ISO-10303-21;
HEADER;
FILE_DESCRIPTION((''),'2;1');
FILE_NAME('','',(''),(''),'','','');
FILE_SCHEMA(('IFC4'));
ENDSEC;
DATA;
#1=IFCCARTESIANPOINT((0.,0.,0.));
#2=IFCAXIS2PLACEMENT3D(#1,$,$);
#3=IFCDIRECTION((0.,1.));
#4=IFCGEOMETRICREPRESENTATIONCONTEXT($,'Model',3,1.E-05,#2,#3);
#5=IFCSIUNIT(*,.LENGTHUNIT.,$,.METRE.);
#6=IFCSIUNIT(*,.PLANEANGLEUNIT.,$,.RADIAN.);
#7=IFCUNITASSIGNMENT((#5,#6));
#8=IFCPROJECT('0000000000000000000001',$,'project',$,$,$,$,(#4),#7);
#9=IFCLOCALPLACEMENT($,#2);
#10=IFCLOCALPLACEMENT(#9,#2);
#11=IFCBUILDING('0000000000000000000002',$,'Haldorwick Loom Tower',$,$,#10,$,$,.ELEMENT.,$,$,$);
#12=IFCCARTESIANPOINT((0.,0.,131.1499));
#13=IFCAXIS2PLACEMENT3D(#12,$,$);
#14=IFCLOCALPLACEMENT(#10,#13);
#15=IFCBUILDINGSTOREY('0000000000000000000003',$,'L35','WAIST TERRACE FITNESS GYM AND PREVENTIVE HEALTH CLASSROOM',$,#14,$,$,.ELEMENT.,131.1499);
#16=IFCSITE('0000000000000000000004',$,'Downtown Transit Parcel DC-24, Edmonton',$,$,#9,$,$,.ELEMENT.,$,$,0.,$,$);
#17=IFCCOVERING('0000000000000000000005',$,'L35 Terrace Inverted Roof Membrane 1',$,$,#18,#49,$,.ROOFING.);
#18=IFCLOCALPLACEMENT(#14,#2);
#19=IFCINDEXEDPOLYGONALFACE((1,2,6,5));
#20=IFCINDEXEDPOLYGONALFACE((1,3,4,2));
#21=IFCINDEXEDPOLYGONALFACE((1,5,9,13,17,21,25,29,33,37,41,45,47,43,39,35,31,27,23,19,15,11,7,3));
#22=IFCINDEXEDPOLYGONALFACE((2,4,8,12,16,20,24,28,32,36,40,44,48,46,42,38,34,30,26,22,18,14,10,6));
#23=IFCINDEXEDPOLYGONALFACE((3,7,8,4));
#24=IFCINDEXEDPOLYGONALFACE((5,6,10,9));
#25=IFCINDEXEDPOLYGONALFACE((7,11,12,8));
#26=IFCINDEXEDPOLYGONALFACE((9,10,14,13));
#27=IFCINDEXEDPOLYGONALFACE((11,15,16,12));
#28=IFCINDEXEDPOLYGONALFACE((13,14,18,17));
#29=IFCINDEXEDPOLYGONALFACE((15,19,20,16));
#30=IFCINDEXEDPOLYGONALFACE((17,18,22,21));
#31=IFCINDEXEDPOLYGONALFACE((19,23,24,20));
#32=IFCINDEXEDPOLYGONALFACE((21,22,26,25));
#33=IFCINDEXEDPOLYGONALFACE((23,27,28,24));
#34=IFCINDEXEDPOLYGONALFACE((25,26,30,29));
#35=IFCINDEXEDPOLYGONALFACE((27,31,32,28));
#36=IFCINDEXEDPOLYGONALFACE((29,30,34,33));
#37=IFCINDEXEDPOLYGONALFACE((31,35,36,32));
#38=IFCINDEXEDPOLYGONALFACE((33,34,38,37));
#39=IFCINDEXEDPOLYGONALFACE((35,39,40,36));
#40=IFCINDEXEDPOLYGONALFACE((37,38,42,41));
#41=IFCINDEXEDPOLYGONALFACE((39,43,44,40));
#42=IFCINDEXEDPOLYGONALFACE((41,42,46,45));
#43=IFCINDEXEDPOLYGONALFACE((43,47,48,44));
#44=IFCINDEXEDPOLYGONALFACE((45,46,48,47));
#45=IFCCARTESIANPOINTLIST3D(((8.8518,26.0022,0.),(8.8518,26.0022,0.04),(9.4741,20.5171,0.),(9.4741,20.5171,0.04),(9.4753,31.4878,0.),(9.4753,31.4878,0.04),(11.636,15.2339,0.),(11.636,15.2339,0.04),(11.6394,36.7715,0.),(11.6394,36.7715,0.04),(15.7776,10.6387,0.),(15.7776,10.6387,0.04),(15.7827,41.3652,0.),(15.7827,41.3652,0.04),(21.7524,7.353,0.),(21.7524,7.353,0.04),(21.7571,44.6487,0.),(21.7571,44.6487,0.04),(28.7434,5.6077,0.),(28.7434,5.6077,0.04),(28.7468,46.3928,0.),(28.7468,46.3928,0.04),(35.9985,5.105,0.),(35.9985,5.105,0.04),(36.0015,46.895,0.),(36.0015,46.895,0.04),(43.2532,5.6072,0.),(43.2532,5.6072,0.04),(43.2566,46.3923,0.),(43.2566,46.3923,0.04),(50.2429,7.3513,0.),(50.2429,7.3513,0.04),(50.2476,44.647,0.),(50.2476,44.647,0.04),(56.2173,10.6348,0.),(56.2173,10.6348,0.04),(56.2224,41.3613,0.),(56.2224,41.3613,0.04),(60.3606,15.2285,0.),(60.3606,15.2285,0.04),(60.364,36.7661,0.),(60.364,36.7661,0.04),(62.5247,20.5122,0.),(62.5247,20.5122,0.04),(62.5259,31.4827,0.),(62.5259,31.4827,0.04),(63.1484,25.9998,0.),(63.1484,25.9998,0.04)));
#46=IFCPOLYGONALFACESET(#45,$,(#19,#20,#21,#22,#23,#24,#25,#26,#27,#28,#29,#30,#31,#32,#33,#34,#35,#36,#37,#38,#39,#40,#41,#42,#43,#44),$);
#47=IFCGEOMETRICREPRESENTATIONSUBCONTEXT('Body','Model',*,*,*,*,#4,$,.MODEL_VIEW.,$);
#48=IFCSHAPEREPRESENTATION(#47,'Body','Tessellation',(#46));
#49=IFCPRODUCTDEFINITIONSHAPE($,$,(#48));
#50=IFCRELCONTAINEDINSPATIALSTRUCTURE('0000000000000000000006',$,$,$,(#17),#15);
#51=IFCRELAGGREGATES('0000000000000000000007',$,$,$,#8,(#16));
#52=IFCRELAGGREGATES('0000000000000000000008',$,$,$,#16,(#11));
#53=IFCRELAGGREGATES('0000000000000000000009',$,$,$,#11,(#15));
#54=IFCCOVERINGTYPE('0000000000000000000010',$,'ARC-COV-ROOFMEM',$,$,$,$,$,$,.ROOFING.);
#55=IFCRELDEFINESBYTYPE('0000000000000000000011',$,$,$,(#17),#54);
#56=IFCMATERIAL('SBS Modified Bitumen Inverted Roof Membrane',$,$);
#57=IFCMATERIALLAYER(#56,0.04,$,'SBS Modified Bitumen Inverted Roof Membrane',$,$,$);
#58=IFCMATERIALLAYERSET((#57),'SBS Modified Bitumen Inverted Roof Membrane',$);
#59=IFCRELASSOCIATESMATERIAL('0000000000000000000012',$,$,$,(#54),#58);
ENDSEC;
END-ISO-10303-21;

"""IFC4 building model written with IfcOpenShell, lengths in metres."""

from ifc_helpers import new_model, si_unit, direction, frame, origin, place, context, subcontext, project, spatial, polyline, outline, extrude, material, layer, layer_set, type_object, element, save


model = new_model("IFC4")

# Units and contexts
model_context = context("Model", 3, precision=1e-05, world=origin(), true_north=direction((0.0, 1.0)))
body_context = subcontext(model_context, "Body", "Model", "MODEL_VIEW")
ifc_project = project(units=[si_unit("LENGTHUNIT", "METRE"), si_unit("PLANEANGLEUNIT", "RADIAN")], contexts=[model_context])

# Site, building, storey
site_placement = place(None, origin())
site = spatial("IfcSite", under=ifc_project, at=site_placement, Name="Downtown Transit Parcel DC-24, Edmonton", CompositionType="ELEMENT", RefElevation=0.0)
building_placement = place(site_placement, origin())
building = spatial("IfcBuilding", under=site, at=building_placement, Name="Haldorwick Loom Tower", CompositionType="ELEMENT")
storey_placement = place(building_placement, frame((0.0, 0.0, 131.1499)))
storey = spatial("IfcBuildingStorey", under=building, at=storey_placement, Name="L35", Description="WAIST TERRACE FITNESS GYM AND PREVENTIVE HEALTH CLASSROOM", CompositionType="ELEMENT", Elevation=131.1499)

# Covering
ifc_material_1 = material(Name="SBS Modified Bitumen Inverted Roof Membrane")
ifc_layer_1 = layer(ifc_material_1, 0.04, Name="SBS Modified Bitumen Inverted Roof Membrane")
ifc_layer_set_1 = layer_set([ifc_layer_1], Name="SBS Modified Bitumen Inverted Roof Membrane")
covering_type_1 = type_object("IfcCoveringType", Name="ARC-COV-ROOFMEM", PredefinedType="ROOFING", material=ifc_layer_set_1)
covering_1_placement = place(storey_placement, origin())
element("IfcCovering", 1, at=covering_1_placement, inside=storey, type_object=covering_type_1, Name="L35 Terrace Inverted Roof Membrane 1", PredefinedType="ROOFING", context=body_context, shape_type="SweptSolid", body=[
    extrude(outline(polyline([(63.1484, 25.9998), (62.5259, 31.4827), (60.364, 36.7661), (56.2224, 41.3613), (50.2476, 44.647), (43.2566, 46.3923), (36.0015, 46.895), (28.7468, 46.3928), (21.7571, 44.6487), (15.7827, 41.3652), (11.6394, 36.7715), (9.4753, 31.4878), (8.8518, 26.0022), (9.4741, 20.5171), (11.636, 15.2339), (15.7776, 10.6387), (21.7524, 7.353), (28.7434, 5.6077), (35.9985, 5.105), (43.2532, 5.6072), (50.2429, 7.3513), (56.2173, 10.6348), (60.3606, 15.2285), (62.5247, 20.5122), (63.1484, 25.9998)])), origin(), (0.0, 0.0, 1.0), 0.04),
])

save(model, "model.ifc")
